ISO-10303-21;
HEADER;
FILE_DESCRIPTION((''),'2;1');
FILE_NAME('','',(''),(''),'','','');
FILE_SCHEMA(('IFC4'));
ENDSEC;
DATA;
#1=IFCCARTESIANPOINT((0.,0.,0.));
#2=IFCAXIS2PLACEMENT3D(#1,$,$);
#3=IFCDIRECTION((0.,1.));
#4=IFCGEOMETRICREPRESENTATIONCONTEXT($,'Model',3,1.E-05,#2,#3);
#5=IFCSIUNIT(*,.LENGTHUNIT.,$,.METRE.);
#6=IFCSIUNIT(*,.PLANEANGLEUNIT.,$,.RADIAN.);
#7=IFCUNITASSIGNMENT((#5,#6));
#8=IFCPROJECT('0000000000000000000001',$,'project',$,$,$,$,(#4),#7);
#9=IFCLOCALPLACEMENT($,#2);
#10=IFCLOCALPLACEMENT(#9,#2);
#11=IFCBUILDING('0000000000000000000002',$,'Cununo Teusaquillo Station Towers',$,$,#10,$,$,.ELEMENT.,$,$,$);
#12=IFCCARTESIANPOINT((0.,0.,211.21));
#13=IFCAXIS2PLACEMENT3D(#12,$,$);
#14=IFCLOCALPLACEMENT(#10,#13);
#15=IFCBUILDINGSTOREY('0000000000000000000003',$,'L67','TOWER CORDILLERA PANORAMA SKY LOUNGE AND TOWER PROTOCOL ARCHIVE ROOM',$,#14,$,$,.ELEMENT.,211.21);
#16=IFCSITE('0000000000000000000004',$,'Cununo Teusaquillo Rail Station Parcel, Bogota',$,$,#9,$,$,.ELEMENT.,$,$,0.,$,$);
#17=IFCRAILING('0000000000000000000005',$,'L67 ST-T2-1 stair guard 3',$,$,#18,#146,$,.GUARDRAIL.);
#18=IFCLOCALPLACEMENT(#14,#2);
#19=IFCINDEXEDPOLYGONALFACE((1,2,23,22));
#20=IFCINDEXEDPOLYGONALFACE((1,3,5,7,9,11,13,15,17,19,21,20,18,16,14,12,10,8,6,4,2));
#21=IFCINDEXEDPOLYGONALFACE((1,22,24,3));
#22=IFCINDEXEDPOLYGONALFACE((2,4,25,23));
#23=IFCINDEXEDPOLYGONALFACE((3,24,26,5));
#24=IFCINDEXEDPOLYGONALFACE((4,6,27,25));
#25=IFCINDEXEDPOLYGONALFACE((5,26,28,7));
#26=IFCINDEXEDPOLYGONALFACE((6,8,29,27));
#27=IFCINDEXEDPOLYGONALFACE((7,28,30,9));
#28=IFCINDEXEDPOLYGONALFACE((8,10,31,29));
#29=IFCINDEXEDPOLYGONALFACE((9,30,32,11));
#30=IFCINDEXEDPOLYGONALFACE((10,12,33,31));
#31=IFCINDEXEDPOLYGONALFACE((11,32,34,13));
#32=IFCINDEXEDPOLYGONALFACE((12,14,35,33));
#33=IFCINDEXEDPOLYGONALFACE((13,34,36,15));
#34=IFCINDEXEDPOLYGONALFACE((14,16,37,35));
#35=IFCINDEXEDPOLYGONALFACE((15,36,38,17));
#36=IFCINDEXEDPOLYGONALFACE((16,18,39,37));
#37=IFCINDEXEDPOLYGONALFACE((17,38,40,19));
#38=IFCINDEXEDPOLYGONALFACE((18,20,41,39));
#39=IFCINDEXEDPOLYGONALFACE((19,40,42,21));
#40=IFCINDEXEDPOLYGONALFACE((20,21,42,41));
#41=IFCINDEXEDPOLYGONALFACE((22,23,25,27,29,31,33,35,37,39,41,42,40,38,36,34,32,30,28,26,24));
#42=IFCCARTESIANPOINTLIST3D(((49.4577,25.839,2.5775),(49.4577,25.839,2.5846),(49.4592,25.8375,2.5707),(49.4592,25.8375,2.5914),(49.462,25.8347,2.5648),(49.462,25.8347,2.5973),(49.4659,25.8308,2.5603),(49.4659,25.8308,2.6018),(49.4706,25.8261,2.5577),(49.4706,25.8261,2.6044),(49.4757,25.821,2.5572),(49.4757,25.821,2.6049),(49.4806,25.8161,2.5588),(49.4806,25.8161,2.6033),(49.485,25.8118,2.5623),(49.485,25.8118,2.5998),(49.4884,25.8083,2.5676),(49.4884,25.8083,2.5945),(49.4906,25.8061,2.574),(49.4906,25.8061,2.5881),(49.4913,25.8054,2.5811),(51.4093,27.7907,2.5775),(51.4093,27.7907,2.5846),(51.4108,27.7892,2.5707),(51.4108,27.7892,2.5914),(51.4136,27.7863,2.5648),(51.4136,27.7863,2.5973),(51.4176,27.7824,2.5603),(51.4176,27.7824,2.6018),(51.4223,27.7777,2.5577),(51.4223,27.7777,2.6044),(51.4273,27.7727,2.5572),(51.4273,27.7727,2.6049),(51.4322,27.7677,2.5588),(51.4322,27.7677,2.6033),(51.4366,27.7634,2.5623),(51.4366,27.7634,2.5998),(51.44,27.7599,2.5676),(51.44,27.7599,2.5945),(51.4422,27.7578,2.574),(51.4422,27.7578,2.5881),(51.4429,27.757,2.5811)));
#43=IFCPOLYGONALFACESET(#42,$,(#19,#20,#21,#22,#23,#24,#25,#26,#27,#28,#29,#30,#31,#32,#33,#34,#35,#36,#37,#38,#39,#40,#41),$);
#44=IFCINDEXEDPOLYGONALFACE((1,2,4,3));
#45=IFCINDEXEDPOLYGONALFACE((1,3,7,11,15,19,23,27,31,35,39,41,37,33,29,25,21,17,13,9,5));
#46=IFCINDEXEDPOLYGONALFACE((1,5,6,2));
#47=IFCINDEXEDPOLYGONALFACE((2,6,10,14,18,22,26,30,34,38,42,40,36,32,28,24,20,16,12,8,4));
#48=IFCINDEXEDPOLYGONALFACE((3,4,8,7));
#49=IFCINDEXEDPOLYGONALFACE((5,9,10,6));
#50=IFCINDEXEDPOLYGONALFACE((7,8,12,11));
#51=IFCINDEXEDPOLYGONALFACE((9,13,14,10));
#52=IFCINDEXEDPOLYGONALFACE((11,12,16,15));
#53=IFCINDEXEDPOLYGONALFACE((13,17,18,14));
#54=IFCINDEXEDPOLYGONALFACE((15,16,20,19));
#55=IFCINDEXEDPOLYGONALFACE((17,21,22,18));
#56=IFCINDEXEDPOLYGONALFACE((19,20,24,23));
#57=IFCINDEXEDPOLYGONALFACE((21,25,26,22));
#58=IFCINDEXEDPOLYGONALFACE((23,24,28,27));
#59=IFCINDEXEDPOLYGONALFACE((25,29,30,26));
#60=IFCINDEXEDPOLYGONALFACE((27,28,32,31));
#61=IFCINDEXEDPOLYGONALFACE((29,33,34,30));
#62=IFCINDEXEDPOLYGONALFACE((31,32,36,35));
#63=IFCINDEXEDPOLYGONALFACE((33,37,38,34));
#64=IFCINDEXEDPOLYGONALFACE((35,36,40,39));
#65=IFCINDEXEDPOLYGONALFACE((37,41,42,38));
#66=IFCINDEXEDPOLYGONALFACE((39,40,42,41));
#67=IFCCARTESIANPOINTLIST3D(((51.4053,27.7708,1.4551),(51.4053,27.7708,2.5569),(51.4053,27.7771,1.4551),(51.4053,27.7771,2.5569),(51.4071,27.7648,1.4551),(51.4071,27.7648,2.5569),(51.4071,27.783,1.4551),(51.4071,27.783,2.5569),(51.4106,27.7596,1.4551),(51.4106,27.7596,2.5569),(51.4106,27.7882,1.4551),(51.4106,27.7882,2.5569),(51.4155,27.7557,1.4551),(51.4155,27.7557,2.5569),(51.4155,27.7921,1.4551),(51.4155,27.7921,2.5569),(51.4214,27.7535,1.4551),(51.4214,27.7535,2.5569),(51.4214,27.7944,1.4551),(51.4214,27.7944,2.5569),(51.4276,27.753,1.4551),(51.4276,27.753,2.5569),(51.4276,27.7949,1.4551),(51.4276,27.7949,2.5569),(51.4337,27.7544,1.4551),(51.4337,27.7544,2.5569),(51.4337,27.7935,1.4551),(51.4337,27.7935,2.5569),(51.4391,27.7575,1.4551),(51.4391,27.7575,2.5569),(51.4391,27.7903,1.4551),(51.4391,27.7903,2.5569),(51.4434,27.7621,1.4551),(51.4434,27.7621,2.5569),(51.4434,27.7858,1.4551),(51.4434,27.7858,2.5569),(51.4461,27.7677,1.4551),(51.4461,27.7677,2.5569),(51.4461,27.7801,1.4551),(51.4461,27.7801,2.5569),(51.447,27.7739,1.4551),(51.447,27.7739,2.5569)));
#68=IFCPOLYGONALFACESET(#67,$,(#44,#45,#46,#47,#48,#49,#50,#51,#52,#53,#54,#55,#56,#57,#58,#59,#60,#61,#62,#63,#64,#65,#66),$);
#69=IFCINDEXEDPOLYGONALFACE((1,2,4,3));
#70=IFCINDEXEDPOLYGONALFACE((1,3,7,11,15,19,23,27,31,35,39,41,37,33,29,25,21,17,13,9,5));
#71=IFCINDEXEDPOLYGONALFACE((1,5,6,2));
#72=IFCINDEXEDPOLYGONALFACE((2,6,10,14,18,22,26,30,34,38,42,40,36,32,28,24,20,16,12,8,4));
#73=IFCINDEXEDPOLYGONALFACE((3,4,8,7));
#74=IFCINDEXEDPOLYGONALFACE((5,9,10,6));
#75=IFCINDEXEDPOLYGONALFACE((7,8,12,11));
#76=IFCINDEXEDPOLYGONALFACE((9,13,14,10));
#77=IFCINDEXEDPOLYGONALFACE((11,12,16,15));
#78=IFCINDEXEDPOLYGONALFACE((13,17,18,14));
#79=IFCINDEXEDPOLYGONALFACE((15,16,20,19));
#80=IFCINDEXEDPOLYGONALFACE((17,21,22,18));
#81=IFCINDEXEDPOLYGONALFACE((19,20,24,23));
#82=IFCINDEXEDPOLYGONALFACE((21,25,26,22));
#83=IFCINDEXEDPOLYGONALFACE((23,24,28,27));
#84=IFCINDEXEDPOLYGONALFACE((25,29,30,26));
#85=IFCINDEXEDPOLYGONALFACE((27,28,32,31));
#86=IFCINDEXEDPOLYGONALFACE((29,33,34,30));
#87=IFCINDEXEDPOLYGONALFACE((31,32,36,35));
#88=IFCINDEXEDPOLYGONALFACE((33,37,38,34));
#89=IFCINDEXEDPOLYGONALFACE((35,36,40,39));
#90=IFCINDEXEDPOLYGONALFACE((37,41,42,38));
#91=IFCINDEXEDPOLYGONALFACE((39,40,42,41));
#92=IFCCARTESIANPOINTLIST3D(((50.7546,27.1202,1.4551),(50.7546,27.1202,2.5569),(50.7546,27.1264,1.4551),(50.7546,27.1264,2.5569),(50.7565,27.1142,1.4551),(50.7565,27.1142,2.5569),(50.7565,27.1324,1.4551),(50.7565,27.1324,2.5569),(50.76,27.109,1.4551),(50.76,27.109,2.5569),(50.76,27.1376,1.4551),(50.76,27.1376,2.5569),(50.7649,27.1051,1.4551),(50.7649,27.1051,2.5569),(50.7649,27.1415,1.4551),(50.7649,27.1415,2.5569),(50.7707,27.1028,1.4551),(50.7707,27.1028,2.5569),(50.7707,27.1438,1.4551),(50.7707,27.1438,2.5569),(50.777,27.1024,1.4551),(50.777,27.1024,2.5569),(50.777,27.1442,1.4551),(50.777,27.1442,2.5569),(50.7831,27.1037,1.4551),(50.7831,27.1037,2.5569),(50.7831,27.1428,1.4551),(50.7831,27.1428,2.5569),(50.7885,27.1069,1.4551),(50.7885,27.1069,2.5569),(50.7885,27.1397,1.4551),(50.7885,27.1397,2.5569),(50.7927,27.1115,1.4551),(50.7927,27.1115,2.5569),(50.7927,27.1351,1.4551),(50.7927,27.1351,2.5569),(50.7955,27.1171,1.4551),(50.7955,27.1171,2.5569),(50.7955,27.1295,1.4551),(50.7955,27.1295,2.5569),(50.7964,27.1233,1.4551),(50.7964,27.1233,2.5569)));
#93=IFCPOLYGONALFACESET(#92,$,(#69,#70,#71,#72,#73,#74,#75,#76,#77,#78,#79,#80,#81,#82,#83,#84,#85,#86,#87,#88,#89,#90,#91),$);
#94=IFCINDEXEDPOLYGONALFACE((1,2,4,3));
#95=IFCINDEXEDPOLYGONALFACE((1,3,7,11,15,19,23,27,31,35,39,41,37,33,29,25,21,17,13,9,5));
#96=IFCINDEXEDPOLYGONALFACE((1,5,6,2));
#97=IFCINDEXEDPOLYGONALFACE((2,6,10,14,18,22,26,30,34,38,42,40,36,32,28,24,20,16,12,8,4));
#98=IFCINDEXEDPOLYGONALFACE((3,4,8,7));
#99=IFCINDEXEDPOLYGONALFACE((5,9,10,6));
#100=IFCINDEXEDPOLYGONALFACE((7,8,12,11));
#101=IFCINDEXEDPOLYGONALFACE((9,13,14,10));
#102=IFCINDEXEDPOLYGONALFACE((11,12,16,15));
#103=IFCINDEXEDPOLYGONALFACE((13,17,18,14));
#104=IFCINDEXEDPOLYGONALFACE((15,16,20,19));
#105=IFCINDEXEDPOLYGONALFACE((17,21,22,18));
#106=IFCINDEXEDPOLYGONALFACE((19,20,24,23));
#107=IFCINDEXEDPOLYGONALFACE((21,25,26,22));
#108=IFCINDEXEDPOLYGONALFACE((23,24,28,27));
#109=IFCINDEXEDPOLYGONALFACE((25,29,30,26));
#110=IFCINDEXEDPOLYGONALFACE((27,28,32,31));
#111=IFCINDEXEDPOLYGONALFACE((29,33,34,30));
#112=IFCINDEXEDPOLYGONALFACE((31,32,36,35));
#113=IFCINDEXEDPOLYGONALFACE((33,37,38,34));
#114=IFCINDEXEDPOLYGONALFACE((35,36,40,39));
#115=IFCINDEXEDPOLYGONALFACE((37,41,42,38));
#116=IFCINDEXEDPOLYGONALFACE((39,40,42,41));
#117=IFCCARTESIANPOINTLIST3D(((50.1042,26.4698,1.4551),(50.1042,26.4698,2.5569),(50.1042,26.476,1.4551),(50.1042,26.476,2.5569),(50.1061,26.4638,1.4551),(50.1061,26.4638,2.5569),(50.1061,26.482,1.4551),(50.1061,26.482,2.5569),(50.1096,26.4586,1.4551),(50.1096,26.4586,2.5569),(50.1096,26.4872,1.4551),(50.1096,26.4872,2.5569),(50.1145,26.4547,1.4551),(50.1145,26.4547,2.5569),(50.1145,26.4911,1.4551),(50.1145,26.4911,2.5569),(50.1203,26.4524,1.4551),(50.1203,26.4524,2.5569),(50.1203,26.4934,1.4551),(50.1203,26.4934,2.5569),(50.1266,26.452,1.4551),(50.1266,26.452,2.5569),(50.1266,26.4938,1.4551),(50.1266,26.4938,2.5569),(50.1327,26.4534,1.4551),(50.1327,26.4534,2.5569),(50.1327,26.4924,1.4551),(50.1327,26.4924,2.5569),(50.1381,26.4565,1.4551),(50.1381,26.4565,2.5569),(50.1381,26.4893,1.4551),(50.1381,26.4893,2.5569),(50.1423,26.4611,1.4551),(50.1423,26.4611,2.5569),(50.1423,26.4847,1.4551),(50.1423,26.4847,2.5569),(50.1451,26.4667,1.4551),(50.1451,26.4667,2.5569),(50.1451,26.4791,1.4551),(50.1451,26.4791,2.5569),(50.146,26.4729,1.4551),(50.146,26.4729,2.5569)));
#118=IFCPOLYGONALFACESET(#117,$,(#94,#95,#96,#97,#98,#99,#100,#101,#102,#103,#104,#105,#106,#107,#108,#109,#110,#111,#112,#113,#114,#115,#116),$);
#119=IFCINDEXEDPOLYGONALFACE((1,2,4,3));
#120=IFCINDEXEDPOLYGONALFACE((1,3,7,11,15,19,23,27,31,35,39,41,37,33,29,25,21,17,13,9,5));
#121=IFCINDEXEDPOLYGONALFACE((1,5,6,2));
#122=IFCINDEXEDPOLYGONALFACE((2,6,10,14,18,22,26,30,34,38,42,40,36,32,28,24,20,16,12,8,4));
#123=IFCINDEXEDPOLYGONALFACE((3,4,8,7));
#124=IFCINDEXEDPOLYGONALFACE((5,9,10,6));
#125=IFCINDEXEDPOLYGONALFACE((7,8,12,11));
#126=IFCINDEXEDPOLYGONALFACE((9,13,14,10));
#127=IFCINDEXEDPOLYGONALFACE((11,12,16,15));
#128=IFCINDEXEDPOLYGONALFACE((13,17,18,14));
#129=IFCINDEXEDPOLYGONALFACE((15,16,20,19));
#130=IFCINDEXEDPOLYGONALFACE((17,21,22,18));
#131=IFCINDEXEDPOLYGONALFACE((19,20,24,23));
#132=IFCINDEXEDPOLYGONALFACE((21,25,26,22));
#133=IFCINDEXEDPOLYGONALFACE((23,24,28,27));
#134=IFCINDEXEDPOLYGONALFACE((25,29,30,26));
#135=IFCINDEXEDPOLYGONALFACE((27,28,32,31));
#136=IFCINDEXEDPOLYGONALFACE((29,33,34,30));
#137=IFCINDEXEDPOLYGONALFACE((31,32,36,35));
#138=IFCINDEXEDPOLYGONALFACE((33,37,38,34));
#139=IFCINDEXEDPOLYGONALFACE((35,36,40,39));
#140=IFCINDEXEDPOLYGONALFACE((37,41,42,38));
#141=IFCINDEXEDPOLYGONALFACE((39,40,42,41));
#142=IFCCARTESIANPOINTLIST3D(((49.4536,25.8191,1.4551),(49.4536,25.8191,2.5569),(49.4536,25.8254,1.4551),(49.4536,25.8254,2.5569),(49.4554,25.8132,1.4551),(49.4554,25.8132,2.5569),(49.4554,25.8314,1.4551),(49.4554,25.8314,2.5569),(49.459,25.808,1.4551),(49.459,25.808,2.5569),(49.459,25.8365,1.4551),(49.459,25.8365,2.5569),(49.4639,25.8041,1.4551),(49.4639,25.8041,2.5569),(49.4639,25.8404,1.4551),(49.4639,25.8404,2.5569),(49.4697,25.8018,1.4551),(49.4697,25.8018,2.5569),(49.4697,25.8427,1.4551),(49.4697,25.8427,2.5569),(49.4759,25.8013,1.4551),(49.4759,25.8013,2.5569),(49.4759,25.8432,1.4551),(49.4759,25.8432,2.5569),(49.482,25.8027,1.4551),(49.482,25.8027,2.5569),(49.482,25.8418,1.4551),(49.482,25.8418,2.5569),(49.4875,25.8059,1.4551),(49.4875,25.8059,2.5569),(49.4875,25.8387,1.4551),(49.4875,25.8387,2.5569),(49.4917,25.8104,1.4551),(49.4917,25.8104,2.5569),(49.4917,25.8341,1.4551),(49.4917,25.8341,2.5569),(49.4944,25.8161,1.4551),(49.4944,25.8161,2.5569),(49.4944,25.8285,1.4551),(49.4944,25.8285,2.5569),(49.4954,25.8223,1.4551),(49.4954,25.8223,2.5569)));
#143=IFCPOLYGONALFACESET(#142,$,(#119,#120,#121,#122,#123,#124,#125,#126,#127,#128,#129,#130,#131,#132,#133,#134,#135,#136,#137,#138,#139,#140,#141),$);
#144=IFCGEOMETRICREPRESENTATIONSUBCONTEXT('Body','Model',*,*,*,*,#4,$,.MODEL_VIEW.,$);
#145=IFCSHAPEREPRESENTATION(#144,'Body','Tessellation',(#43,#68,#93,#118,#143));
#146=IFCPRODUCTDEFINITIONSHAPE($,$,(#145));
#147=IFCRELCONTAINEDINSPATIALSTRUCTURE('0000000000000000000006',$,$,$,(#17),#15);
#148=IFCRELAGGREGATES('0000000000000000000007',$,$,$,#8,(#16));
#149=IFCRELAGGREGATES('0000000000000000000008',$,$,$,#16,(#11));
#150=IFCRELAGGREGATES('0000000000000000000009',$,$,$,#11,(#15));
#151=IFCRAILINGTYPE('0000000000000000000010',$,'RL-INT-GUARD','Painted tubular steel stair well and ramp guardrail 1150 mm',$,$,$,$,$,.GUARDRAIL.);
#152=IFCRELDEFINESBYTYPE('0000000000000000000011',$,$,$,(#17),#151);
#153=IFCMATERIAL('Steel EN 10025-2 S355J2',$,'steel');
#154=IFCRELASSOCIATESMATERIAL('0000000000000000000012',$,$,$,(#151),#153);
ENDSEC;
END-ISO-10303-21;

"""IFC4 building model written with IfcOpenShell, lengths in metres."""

from ifc_helpers import new_model, si_unit, direction, frame, origin, origin_2d, place, context, subcontext, project, spatial, circle, extrude, material, type_object, element, save


model = new_model("IFC4")

# Units and contexts
model_context = context("Model", 3, precision=1e-05, world=origin(), true_north=direction((0.0, 1.0)))
body_context = subcontext(model_context, "Body", "Model", "MODEL_VIEW")
ifc_project = project(units=[si_unit("LENGTHUNIT", "METRE"), si_unit("PLANEANGLEUNIT", "RADIAN")], contexts=[model_context])

# Site, building, storey
site_placement = place(None, origin())
site = spatial("IfcSite", under=ifc_project, at=site_placement, Name="Cununo Teusaquillo Rail Station Parcel, Bogota", CompositionType="ELEMENT", RefElevation=0.0)
building_placement = place(site_placement, origin())
building = spatial("IfcBuilding", under=site, at=building_placement, Name="Cununo Teusaquillo Station Towers", CompositionType="ELEMENT")
storey_placement = place(building_placement, frame((0.0, 0.0, 211.21)))
storey = spatial("IfcBuildingStorey", under=building, at=storey_placement, Name="L67", Description="TOWER CORDILLERA PANORAMA SKY LOUNGE AND TOWER PROTOCOL ARCHIVE ROOM", CompositionType="ELEMENT", Elevation=211.21)

# Railing
ifc_material_1 = material(Name="Steel EN 10025-2 S355J2", Category="steel")
railing_type = type_object("IfcRailingType", Name="RL-INT-GUARD", Description="Painted tubular steel stair well and ramp guardrail 1150 mm", PredefinedType="GUARDRAIL", material=ifc_material_1)
railing_1_placement = place(storey_placement, frame((51.426, 27.7739, 1.4551)))
element("IfcRailing", 1, at=railing_1_placement, inside=storey, type_object=railing_type, Name="L67 ST-T2-1 stair guard 3", PredefinedType="GUARDRAIL", context=body_context, shape_type="SweptSolid", body=[
    extrude(circle(Radius=0.0239, at=origin_2d()), frame((0.0, 0.0, 1.126), z_axis=(-0.707107, -0.707107, 0.0), x_axis=(0.707107, -0.707107, 0.0)), (0.0, 0.0, 1.0), 2.76),
    extrude(circle(Radius=0.021, at=origin_2d()), origin(), (0.0, 0.0, 1.0), 1.1018),
    extrude(circle(Radius=0.021, at=origin_2d()), frame((-0.6506, -0.6506, 0.0)), (0.0, 0.0, 1.0), 1.1018),
    extrude(circle(Radius=0.021, at=origin_2d()), frame((-1.301, -1.301, 0.0)), (0.0, 0.0, 1.0), 1.1018),
    extrude(circle(Radius=0.021, at=origin_2d()), frame((-1.9517, -1.9517, 0.0)), (0.0, 0.0, 1.0), 1.1018),
])

save(model, "model.ifc")
